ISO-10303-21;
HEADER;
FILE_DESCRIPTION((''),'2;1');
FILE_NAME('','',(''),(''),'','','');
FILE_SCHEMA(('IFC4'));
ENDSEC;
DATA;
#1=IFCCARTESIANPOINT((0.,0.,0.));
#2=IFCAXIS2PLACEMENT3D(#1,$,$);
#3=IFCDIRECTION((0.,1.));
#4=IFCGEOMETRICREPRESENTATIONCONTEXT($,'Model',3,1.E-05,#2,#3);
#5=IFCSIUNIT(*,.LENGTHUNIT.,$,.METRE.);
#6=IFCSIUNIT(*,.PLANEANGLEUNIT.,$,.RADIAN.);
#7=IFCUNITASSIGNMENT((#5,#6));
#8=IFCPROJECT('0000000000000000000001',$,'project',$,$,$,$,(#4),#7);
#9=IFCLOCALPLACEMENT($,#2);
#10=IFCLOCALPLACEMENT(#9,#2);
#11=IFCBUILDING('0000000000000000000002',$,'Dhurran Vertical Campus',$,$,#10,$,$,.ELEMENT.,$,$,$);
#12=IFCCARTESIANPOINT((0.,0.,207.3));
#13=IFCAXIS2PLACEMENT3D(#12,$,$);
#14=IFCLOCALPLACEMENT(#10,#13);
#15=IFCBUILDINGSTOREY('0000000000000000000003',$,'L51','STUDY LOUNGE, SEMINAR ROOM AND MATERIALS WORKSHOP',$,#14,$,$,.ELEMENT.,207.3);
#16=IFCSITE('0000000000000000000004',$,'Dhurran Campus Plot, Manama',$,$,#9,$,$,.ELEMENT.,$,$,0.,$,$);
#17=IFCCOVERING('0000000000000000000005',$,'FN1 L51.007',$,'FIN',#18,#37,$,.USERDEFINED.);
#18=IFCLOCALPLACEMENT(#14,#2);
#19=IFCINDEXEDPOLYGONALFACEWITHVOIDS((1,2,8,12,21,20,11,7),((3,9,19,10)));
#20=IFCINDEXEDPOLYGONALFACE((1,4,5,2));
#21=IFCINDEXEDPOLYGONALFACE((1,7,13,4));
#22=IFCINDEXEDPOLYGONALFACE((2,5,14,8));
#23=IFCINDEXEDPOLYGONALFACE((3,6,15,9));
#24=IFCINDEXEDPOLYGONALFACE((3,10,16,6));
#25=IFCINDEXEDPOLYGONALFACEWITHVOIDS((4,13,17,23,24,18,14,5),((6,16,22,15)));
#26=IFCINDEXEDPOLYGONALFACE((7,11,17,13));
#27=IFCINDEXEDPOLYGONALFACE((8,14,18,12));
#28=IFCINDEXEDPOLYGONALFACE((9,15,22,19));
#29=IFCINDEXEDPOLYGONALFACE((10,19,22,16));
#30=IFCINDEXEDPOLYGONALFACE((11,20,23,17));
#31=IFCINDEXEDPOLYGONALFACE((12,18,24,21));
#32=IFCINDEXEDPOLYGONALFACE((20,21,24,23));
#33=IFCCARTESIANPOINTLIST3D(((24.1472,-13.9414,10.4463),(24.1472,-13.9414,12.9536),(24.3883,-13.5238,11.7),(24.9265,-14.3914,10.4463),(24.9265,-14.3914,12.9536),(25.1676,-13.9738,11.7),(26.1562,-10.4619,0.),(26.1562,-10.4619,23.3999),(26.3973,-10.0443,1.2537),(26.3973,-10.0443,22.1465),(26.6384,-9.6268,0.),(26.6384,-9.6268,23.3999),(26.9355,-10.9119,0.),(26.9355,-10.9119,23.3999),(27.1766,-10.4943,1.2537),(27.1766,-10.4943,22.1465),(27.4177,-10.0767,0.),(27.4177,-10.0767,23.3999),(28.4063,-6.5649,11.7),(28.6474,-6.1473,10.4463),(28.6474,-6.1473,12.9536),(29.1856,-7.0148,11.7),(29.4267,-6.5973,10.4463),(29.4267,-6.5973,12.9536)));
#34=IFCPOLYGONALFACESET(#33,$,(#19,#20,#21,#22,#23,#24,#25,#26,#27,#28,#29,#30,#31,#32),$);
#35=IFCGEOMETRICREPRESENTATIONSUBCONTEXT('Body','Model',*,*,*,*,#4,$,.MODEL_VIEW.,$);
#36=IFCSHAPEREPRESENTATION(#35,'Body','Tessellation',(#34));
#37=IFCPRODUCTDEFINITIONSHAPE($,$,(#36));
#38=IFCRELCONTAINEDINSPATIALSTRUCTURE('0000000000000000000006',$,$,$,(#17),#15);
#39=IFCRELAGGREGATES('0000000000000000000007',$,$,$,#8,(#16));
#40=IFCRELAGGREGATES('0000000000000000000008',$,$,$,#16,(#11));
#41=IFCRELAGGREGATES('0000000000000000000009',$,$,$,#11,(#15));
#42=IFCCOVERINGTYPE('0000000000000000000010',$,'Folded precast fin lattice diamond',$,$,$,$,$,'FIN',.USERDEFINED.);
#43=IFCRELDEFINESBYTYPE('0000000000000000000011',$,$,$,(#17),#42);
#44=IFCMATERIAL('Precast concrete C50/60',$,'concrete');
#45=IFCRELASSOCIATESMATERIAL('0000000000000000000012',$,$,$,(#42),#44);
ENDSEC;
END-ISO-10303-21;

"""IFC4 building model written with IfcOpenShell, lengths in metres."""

from ifc_helpers import new_model, si_unit, direction, frame, origin, place, context, subcontext, project, spatial, polyline, outline, extrude, material, type_object, element, save


model = new_model("IFC4")

# Units and contexts
model_context = context("Model", 3, precision=1e-05, world=origin(), true_north=direction((0.0, 1.0)))
body_context = subcontext(model_context, "Body", "Model", "MODEL_VIEW")
ifc_project = project(units=[si_unit("LENGTHUNIT", "METRE"), si_unit("PLANEANGLEUNIT", "RADIAN")], contexts=[model_context])

# Site, building, storey
site_placement = place(None, origin())
site = spatial("IfcSite", under=ifc_project, at=site_placement, Name="Dhurran Campus Plot, Manama", CompositionType="ELEMENT", RefElevation=0.0)
building_placement = place(site_placement, origin())
building = spatial("IfcBuilding", under=site, at=building_placement, Name="Dhurran Vertical Campus", CompositionType="ELEMENT")
storey_placement = place(building_placement, frame((0.0, 0.0, 207.3)))
storey = spatial("IfcBuildingStorey", under=building, at=storey_placement, Name="L51", Description="STUDY LOUNGE, SEMINAR ROOM AND MATERIALS WORKSHOP", CompositionType="ELEMENT", Elevation=207.3)

# Covering
ifc_material_1 = material(Name="Precast concrete C50/60", Category="concrete")
covering_type = type_object("IfcCoveringType", Name="Folded precast fin lattice diamond", ElementType="FIN", PredefinedType="USERDEFINED", material=ifc_material_1)
for number, where, z_axis, x_axis, name in (
    (1, (24.1472, -13.9414, 0.0), (0.866014, -0.50002, 0.0), (0.50002, 0.866014, 0.0), "FN1 L51.007"),
):
    element("IfcCovering", number, at=place(storey_placement, frame(where, z_axis=z_axis, x_axis=x_axis)), inside=storey, type_object=covering_type, Name=name, ObjectType="FIN", PredefinedType="USERDEFINED", context=body_context, shape_type="SweptSolid", body=[
        extrude(outline(polyline([(9.0, 12.9536), (9.0, 10.4463), (4.9822, 0.0), (4.0178, 0.0), (0.0, 10.4463), (0.0, 12.9536), (4.0178, 23.3999), (4.9822, 23.3999), (9.0, 12.9536)]), holes=[polyline([(8.5178, 11.7), (4.5, 22.1465), (0.4822, 11.7), (4.5, 1.2537), (8.5178, 11.7)])]), origin(), (0.0, 0.0, 1.0), 0.8999),
    ])

save(model, "model.ifc")
